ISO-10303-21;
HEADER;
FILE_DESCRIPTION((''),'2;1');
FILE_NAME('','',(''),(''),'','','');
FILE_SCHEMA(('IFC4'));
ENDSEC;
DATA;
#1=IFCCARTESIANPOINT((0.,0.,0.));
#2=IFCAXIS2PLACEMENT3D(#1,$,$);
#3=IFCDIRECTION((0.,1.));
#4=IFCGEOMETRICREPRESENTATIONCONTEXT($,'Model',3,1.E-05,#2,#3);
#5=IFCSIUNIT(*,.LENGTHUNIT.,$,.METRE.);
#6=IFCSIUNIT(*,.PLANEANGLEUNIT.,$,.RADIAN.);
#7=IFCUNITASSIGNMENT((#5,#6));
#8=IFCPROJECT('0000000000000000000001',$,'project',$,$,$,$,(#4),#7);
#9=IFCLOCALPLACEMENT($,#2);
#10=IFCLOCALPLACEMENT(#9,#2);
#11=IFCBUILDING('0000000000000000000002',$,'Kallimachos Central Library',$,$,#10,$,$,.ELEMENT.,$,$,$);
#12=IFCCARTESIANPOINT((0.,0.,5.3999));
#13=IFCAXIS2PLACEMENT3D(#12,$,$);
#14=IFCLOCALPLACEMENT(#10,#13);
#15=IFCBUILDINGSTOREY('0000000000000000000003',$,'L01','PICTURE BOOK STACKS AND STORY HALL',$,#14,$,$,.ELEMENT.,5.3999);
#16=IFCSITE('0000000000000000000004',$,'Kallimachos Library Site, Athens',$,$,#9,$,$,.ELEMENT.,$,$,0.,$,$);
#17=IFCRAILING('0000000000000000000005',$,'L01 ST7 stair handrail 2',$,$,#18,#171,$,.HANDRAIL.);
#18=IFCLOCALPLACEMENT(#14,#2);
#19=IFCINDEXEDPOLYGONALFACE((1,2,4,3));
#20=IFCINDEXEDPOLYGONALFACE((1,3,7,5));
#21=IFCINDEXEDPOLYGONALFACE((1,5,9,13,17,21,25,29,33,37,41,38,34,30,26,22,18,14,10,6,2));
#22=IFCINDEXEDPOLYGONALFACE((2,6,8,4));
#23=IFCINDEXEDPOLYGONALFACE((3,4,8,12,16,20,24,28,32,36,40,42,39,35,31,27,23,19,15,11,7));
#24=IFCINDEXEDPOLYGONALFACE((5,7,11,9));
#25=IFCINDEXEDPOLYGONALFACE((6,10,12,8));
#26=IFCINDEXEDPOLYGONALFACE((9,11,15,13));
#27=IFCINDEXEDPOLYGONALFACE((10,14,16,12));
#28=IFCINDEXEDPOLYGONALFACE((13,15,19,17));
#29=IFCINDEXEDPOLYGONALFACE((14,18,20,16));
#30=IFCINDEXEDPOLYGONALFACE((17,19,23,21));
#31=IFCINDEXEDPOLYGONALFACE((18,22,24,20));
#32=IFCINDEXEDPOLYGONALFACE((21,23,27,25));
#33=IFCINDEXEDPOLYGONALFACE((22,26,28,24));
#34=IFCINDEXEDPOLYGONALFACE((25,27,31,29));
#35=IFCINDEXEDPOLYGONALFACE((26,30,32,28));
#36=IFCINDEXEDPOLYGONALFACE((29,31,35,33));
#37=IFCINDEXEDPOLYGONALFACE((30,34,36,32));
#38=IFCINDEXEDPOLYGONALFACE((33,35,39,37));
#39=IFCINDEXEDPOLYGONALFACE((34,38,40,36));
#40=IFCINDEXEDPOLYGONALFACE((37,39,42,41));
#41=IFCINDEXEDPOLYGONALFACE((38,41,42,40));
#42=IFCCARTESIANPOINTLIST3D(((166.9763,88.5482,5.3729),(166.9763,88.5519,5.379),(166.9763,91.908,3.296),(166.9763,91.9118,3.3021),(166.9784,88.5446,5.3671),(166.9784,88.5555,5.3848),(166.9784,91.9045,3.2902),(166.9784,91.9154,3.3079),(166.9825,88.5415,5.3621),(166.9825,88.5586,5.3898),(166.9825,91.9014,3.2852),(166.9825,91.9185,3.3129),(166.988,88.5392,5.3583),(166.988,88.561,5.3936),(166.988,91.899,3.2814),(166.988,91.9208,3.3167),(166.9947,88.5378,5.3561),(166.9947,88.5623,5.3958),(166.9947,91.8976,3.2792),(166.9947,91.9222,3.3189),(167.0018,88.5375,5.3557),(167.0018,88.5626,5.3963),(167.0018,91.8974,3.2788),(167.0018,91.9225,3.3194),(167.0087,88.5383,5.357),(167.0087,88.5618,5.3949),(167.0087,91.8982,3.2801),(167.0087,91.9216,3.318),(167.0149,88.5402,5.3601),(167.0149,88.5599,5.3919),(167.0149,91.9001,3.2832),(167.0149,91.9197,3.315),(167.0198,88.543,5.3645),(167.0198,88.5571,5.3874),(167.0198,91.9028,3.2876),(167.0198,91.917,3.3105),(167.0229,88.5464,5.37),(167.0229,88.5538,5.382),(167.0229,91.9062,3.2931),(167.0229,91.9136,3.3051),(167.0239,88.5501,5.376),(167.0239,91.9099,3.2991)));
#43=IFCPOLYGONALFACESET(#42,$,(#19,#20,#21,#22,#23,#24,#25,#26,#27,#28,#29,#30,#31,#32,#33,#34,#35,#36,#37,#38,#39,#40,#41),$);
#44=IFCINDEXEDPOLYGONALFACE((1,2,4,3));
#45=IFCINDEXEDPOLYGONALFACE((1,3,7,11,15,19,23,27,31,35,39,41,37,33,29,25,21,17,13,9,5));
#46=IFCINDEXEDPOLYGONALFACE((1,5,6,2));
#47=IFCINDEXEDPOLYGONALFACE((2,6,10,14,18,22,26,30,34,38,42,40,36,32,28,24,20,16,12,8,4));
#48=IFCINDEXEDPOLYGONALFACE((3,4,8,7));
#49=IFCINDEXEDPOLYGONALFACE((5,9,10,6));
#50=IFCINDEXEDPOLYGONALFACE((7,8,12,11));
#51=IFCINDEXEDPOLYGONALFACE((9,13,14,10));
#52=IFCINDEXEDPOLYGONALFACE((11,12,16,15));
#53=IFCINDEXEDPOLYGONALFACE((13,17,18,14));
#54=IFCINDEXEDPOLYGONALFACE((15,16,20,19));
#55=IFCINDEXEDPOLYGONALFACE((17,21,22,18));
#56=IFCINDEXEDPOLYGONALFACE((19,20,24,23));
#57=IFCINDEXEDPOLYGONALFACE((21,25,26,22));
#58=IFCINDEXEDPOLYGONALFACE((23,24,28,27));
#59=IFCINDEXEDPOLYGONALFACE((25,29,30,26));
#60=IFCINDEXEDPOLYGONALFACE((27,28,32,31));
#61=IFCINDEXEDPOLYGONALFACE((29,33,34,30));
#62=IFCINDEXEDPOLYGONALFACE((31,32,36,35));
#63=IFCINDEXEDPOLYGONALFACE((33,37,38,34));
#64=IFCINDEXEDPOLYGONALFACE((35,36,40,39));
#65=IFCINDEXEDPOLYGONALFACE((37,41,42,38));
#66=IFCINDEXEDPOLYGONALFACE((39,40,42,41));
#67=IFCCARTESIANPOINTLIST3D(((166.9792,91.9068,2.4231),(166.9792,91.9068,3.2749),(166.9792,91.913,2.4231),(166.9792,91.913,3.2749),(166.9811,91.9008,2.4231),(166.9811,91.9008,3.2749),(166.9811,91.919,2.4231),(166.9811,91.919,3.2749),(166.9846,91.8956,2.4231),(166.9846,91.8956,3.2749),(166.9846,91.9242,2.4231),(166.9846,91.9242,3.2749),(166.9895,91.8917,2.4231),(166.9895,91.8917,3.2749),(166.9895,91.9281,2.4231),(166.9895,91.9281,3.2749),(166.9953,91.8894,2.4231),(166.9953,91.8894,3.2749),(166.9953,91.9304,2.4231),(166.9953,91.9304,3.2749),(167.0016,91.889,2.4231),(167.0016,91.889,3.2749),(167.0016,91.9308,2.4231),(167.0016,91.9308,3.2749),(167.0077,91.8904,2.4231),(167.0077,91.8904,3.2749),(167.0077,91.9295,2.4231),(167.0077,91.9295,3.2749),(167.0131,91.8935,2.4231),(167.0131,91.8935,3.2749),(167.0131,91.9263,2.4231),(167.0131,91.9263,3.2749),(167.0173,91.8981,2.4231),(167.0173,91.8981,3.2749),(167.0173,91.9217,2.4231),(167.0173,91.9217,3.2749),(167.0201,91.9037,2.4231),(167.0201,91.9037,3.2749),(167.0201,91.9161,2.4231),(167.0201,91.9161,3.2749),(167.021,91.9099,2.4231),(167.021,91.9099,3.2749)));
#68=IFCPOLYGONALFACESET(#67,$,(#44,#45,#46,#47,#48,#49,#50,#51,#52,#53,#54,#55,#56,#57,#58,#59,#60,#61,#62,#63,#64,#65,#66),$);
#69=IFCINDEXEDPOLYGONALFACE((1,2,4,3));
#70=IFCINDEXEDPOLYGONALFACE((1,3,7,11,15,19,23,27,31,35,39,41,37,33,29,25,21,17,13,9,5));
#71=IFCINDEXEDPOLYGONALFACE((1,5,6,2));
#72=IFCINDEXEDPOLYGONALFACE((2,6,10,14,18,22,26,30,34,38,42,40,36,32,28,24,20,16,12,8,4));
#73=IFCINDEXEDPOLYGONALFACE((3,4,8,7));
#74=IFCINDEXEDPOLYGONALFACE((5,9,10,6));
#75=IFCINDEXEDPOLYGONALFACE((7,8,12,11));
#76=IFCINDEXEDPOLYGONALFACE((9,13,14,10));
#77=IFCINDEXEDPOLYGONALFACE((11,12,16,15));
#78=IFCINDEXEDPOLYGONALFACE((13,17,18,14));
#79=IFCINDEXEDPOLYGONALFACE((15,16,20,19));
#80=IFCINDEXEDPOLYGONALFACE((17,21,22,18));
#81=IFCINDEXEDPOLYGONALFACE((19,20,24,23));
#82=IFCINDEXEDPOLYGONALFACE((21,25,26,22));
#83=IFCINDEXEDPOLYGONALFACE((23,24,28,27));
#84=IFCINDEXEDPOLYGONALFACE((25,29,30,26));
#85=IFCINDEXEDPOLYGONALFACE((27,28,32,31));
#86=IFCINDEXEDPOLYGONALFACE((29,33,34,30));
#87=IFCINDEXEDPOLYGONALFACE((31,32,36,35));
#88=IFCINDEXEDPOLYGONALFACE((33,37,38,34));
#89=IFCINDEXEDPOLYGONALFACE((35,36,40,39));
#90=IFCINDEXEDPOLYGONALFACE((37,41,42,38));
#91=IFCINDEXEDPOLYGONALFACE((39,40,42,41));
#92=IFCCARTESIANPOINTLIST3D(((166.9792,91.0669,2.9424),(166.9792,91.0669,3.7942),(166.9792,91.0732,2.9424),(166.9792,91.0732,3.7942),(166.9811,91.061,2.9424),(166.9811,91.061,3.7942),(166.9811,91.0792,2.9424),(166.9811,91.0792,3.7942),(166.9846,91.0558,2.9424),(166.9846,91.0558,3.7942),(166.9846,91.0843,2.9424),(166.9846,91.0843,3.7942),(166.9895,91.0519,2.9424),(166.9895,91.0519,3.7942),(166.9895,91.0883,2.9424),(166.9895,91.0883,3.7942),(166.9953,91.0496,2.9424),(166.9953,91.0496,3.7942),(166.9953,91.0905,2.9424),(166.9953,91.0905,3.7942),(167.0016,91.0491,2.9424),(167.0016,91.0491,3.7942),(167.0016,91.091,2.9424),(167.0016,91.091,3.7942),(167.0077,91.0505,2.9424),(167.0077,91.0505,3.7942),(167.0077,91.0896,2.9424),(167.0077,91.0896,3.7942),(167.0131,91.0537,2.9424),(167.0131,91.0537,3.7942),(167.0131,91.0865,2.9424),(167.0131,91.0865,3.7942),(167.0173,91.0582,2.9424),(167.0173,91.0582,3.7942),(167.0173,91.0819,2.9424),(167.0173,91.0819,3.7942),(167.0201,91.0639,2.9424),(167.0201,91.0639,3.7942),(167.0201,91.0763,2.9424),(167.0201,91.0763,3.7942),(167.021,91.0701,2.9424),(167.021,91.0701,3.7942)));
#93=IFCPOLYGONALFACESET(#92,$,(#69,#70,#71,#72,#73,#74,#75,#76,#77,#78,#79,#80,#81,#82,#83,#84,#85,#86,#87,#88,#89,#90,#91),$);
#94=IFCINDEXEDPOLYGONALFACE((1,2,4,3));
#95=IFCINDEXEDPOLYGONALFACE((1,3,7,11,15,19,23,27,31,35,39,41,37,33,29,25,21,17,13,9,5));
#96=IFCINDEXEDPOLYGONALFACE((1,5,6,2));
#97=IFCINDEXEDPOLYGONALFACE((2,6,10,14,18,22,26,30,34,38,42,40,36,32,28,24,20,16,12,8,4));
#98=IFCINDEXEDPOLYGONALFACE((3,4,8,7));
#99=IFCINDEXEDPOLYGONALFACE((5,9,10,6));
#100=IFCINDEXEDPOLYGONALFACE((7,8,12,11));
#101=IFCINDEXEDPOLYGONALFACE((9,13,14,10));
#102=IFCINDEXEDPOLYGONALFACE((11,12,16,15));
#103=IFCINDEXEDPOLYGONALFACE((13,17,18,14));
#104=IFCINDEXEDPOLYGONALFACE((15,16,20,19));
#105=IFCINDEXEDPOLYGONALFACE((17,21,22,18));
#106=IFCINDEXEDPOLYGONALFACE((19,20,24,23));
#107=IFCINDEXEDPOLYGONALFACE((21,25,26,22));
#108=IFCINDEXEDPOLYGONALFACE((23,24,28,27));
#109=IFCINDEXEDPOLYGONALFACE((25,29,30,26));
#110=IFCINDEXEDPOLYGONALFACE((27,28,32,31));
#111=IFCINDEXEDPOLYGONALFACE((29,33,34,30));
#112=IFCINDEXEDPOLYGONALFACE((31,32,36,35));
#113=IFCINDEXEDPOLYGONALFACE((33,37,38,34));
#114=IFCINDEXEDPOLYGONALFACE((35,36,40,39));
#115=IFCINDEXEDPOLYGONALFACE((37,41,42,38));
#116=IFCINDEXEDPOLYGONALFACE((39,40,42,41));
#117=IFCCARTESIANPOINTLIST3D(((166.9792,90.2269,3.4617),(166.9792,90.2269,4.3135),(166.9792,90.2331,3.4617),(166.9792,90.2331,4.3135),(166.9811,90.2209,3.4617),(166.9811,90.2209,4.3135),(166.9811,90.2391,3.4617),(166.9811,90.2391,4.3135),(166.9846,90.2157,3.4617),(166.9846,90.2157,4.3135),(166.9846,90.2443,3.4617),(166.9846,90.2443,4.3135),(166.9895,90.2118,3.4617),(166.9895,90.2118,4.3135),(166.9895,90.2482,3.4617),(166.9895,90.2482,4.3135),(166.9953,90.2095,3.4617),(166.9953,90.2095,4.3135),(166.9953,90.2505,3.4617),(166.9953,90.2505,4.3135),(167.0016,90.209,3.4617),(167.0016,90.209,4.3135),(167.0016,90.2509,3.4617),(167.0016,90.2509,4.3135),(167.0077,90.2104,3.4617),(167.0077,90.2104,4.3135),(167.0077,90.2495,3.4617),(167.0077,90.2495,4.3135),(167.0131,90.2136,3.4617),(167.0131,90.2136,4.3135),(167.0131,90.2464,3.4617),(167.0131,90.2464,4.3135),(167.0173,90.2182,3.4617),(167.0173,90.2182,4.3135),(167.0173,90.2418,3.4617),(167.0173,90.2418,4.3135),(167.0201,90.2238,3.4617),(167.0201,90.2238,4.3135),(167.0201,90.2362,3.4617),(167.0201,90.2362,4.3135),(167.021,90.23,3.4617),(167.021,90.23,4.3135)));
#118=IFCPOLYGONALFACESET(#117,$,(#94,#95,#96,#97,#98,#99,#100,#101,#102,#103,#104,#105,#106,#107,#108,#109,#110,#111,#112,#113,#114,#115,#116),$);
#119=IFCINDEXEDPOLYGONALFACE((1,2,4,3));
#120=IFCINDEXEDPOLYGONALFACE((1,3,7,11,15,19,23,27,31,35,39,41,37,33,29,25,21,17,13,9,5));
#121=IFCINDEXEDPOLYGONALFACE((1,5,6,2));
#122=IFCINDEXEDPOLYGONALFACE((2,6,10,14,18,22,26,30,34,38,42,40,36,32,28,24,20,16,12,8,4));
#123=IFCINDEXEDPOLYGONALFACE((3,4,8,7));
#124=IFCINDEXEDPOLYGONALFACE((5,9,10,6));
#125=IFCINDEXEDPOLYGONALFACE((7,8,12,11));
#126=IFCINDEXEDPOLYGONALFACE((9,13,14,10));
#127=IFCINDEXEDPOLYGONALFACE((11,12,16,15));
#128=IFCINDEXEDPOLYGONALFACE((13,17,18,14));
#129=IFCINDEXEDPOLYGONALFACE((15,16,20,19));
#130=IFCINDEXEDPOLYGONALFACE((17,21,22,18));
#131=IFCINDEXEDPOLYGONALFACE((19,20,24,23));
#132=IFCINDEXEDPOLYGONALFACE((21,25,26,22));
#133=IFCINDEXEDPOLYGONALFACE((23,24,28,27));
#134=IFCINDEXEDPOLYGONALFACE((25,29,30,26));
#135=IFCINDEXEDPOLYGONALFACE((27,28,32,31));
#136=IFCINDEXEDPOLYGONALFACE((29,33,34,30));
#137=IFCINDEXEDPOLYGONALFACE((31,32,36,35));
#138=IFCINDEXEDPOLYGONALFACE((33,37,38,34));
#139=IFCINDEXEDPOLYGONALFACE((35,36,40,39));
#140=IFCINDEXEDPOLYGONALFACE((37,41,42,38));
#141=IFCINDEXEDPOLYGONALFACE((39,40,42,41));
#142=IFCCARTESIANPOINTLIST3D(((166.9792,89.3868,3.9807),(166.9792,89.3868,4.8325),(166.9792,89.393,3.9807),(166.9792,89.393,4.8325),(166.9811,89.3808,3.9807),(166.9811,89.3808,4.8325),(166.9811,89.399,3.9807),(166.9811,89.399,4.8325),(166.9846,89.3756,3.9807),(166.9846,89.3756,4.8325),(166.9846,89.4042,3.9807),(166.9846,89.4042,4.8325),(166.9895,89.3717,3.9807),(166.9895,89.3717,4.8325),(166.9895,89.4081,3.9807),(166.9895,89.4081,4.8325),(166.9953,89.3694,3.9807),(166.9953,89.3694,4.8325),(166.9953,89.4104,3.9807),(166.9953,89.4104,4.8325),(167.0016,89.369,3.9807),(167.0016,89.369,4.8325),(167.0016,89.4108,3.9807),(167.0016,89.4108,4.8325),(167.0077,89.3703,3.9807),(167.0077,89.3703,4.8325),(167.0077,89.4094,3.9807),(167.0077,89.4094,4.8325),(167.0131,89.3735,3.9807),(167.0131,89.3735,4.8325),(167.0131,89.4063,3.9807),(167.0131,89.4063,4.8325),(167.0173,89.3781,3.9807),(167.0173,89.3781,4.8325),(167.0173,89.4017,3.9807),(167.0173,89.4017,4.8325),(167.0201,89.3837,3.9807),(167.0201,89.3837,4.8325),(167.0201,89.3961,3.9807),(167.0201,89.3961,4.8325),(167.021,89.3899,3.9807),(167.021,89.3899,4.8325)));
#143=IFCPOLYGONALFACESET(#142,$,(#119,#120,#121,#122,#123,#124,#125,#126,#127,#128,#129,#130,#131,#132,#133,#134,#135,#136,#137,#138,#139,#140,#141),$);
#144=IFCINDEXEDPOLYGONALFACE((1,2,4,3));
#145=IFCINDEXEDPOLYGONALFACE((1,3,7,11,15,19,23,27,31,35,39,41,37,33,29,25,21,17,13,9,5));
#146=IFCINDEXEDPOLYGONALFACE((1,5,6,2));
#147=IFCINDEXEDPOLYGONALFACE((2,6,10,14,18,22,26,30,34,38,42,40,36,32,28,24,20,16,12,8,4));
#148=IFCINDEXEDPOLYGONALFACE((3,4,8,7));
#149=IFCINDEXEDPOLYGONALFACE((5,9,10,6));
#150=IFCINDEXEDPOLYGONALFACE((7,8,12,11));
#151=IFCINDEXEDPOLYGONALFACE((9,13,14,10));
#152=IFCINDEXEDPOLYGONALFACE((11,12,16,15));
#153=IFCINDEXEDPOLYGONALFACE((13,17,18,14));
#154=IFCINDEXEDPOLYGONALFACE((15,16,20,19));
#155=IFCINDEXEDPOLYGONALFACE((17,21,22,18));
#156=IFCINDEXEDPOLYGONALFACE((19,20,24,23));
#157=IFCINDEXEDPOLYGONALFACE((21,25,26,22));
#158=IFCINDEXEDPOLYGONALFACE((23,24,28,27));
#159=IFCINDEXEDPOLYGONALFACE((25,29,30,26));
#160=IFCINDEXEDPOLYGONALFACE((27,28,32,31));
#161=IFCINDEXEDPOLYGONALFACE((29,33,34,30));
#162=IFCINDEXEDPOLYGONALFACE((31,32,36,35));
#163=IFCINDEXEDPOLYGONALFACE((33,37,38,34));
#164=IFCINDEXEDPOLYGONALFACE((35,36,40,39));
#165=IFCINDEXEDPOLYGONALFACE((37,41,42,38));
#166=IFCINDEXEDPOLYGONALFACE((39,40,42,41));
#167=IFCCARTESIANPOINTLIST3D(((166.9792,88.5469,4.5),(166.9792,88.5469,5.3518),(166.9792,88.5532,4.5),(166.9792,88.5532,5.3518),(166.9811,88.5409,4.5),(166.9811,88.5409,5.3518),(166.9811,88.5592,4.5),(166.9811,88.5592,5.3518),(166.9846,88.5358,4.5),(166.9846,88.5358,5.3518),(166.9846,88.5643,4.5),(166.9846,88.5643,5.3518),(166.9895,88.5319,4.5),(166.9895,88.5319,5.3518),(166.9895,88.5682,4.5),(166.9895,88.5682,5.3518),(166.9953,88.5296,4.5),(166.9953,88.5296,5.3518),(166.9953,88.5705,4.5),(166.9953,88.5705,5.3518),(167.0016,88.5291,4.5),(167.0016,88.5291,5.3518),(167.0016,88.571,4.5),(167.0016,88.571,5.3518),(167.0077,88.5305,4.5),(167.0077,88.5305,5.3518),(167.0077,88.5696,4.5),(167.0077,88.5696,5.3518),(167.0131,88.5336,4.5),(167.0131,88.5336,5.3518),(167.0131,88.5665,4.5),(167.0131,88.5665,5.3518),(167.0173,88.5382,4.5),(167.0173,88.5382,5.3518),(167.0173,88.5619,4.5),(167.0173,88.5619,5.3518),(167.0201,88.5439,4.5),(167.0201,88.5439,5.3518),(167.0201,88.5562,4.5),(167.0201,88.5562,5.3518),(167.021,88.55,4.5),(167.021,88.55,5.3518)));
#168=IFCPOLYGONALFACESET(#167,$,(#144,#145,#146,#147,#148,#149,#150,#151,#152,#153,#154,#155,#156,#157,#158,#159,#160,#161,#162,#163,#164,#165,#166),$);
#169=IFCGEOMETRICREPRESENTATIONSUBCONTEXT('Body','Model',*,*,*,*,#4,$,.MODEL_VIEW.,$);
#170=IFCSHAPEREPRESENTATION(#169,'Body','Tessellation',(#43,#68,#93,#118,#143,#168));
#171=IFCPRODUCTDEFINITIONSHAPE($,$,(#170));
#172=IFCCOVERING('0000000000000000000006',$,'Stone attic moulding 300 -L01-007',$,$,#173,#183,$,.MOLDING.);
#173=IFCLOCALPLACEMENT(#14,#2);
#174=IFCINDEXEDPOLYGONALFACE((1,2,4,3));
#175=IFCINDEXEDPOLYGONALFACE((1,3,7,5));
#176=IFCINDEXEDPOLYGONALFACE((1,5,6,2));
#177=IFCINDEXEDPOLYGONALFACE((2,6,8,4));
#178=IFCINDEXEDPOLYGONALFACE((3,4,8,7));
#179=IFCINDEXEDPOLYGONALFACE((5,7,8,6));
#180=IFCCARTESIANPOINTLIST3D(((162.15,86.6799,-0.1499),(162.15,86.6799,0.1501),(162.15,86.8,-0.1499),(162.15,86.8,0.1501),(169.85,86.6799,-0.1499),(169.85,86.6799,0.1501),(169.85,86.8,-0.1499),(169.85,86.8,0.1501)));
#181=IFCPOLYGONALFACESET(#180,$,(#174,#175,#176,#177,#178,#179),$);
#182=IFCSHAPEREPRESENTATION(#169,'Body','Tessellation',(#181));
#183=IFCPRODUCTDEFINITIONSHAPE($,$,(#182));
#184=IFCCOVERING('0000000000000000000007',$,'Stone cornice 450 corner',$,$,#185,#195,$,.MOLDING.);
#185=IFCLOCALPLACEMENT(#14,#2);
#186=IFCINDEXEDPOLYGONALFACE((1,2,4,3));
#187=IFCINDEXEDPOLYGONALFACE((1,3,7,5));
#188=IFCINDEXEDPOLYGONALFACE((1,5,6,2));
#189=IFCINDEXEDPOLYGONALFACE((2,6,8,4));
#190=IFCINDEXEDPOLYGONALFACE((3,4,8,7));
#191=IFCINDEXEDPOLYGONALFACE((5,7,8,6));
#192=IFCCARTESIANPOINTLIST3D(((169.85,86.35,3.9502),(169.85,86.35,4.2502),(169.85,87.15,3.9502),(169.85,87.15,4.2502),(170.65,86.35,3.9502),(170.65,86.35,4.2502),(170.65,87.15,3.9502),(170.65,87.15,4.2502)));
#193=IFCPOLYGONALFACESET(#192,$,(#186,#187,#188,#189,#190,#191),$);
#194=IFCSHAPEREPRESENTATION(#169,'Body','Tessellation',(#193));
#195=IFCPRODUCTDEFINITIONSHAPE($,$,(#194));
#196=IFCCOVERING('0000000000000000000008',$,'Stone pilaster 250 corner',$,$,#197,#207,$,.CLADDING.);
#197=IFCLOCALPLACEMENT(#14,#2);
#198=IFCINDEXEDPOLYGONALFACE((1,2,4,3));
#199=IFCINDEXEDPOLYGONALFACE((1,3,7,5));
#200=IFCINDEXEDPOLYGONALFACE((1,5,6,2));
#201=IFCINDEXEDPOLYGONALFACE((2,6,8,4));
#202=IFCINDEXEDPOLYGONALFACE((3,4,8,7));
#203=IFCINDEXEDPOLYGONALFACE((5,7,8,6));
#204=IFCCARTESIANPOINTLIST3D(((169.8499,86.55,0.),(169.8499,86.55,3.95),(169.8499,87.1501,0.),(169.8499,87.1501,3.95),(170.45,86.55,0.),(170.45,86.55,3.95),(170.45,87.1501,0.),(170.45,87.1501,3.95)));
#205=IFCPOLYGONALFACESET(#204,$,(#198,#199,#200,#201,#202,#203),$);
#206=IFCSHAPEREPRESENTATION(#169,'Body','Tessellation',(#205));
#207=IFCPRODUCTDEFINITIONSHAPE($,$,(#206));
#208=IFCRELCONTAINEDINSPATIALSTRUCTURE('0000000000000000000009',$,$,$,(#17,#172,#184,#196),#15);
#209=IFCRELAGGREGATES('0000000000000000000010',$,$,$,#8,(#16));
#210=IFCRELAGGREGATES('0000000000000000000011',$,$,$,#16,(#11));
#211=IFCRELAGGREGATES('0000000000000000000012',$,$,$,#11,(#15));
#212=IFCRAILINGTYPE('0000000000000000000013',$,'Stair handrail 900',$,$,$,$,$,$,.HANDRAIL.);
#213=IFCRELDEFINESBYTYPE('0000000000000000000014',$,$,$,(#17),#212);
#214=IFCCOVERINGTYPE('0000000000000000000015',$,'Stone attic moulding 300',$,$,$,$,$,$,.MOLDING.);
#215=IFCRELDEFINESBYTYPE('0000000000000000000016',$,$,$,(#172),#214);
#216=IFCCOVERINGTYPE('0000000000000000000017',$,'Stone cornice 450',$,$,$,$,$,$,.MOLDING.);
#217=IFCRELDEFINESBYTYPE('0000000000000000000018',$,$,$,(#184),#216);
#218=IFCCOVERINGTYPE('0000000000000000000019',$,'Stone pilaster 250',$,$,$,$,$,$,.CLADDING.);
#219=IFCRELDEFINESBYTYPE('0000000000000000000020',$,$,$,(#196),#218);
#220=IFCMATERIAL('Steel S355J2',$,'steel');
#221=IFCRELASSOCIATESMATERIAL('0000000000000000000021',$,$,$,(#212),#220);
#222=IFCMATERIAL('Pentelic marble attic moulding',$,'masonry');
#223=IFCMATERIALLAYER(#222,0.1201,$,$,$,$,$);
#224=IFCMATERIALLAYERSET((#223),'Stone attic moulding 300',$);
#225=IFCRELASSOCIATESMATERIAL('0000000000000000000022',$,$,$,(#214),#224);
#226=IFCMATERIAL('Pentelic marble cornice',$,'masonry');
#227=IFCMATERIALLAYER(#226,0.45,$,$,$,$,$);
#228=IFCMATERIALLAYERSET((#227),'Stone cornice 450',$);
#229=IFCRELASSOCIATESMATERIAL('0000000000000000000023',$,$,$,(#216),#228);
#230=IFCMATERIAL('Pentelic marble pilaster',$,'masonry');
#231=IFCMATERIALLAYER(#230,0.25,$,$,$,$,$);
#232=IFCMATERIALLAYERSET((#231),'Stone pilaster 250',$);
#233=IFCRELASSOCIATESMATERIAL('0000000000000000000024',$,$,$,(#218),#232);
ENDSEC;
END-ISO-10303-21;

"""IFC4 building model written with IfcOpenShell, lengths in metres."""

from ifc_helpers import new_model, si_unit, direction, frame, origin, origin_2d, place, context, subcontext, project, spatial, rectangle, circle, extrude, material, layer, layer_set, type_object, element, save


model = new_model("IFC4")

# Units and contexts
model_context = context("Model", 3, precision=1e-05, world=origin(), true_north=direction((0.0, 1.0)))
body_context = subcontext(model_context, "Body", "Model", "MODEL_VIEW")
ifc_project = project(units=[si_unit("LENGTHUNIT", "METRE"), si_unit("PLANEANGLEUNIT", "RADIAN")], contexts=[model_context])

# Site, building, storey
site_placement = place(None, origin())
site = spatial("IfcSite", under=ifc_project, at=site_placement, Name="Kallimachos Library Site, Athens", CompositionType="ELEMENT", RefElevation=0.0)
building_placement = place(site_placement, origin())
building = spatial("IfcBuilding", under=site, at=building_placement, Name="Kallimachos Central Library", CompositionType="ELEMENT")
storey_placement = place(building_placement, frame((0.0, 0.0, 5.3999)))
storey = spatial("IfcBuildingStorey", under=building, at=storey_placement, Name="L01", Description="PICTURE BOOK STACKS AND STORY HALL", CompositionType="ELEMENT", Elevation=5.3999)

# Railing
ifc_material_1 = material(Name="Steel S355J2", Category="steel")
railing_type_1 = type_object("IfcRailingType", Name="Stair handrail 900", PredefinedType="HANDRAIL", material=ifc_material_1)
railing_1_placement = place(storey_placement, frame((167.0, 91.9099, 2.4231)))
element("IfcRailing", 1, at=railing_1_placement, inside=storey, type_object=railing_type_1, Name="L01 ST7 stair handrail 2", PredefinedType="HANDRAIL", context=body_context, shape_type="SweptSolid", body=[
    extrude(circle(Radius=0.0239, at=origin_2d()), frame((0.0, 0.0, 0.876), z_axis=(0.0, -0.850606, 0.525803), x_axis=(1.0, 0.0, 0.0)), (0.0, 0.0, 1.0), 3.95),
    extrude(circle(Radius=0.021, at=origin_2d()), origin(), (0.0, 0.0, 1.0), 0.8518),
    extrude(circle(Radius=0.021, at=origin_2d()), frame((0.0, -0.8398, 0.5193)), (0.0, 0.0, 1.0), 0.8518),
    extrude(circle(Radius=0.021, at=origin_2d()), frame((0.0, -1.6799, 1.0386)), (0.0, 0.0, 1.0), 0.8518),
    extrude(circle(Radius=0.021, at=origin_2d()), frame((0.0, -2.52, 1.5576)), (0.0, 0.0, 1.0), 0.8518),
    extrude(circle(Radius=0.021, at=origin_2d()), frame((0.0, -3.3599, 2.0769)), (0.0, 0.0, 1.0), 0.8518),
])

# Coverings
ifc_material_2 = material(Name="Pentelic marble attic moulding", Category="masonry")
ifc_layer_1 = layer(ifc_material_2, 0.1201)
ifc_layer_set_1 = layer_set([ifc_layer_1], Name="Stone attic moulding 300")
covering_type_1 = type_object("IfcCoveringType", Name="Stone attic moulding 300", PredefinedType="MOLDING", material=ifc_layer_set_1)
covering_1_placement = place(storey_placement, frame((166.0, 86.74, -0.1499), z_axis=(0.0, 0.0, 1.0), x_axis=(1.0, 0.0, 0.0)))
element("IfcCovering", 2, at=covering_1_placement, inside=storey, type_object=covering_type_1, Name="Stone attic moulding 300 -L01-007", PredefinedType="MOLDING", context=body_context, shape_type="SweptSolid", body=[
    extrude(rectangle(XDim=7.7, YDim=0.1201, at=origin_2d()), origin(), (0.0, 0.0, 1.0), 0.3),
])
ifc_material_3 = material(Name="Pentelic marble cornice", Category="masonry")
ifc_layer_2 = layer(ifc_material_3, 0.45)
ifc_layer_set_2 = layer_set([ifc_layer_2], Name="Stone cornice 450")
covering_type_2 = type_object("IfcCoveringType", Name="Stone cornice 450", PredefinedType="MOLDING", material=ifc_layer_set_2)
covering_2_placement = place(storey_placement, frame((170.25, 86.75, 3.9502), z_axis=(0.0, 0.0, 1.0), x_axis=(1.0, 0.0, 0.0)))
element("IfcCovering", 3, at=covering_2_placement, inside=storey, type_object=covering_type_2, Name="Stone cornice 450 corner", PredefinedType="MOLDING", context=body_context, shape_type="SweptSolid", body=[
    extrude(rectangle(XDim=0.8, YDim=0.8, at=origin_2d()), origin(), (0.0, 0.0, 1.0), 0.3),
])
ifc_material_4 = material(Name="Pentelic marble pilaster", Category="masonry")
ifc_layer_3 = layer(ifc_material_4, 0.25)
ifc_layer_set_3 = layer_set([ifc_layer_3], Name="Stone pilaster 250")
covering_type_3 = type_object("IfcCoveringType", Name="Stone pilaster 250", PredefinedType="CLADDING", material=ifc_layer_set_3)
covering_3_placement = place(storey_placement, frame((170.1499, 86.8501, 0.0), z_axis=(0.0, 0.0, 1.0), x_axis=(1.0, 0.0, 0.0)))
element("IfcCovering", 4, at=covering_3_placement, inside=storey, type_object=covering_type_3, Name="Stone pilaster 250 corner", PredefinedType="CLADDING", context=body_context, shape_type="SweptSolid", body=[
    extrude(rectangle(XDim=0.6001, YDim=0.6001, at=origin_2d()), origin(), (0.0, 0.0, 1.0), 3.95),
])

save(model, "model.ifc")
